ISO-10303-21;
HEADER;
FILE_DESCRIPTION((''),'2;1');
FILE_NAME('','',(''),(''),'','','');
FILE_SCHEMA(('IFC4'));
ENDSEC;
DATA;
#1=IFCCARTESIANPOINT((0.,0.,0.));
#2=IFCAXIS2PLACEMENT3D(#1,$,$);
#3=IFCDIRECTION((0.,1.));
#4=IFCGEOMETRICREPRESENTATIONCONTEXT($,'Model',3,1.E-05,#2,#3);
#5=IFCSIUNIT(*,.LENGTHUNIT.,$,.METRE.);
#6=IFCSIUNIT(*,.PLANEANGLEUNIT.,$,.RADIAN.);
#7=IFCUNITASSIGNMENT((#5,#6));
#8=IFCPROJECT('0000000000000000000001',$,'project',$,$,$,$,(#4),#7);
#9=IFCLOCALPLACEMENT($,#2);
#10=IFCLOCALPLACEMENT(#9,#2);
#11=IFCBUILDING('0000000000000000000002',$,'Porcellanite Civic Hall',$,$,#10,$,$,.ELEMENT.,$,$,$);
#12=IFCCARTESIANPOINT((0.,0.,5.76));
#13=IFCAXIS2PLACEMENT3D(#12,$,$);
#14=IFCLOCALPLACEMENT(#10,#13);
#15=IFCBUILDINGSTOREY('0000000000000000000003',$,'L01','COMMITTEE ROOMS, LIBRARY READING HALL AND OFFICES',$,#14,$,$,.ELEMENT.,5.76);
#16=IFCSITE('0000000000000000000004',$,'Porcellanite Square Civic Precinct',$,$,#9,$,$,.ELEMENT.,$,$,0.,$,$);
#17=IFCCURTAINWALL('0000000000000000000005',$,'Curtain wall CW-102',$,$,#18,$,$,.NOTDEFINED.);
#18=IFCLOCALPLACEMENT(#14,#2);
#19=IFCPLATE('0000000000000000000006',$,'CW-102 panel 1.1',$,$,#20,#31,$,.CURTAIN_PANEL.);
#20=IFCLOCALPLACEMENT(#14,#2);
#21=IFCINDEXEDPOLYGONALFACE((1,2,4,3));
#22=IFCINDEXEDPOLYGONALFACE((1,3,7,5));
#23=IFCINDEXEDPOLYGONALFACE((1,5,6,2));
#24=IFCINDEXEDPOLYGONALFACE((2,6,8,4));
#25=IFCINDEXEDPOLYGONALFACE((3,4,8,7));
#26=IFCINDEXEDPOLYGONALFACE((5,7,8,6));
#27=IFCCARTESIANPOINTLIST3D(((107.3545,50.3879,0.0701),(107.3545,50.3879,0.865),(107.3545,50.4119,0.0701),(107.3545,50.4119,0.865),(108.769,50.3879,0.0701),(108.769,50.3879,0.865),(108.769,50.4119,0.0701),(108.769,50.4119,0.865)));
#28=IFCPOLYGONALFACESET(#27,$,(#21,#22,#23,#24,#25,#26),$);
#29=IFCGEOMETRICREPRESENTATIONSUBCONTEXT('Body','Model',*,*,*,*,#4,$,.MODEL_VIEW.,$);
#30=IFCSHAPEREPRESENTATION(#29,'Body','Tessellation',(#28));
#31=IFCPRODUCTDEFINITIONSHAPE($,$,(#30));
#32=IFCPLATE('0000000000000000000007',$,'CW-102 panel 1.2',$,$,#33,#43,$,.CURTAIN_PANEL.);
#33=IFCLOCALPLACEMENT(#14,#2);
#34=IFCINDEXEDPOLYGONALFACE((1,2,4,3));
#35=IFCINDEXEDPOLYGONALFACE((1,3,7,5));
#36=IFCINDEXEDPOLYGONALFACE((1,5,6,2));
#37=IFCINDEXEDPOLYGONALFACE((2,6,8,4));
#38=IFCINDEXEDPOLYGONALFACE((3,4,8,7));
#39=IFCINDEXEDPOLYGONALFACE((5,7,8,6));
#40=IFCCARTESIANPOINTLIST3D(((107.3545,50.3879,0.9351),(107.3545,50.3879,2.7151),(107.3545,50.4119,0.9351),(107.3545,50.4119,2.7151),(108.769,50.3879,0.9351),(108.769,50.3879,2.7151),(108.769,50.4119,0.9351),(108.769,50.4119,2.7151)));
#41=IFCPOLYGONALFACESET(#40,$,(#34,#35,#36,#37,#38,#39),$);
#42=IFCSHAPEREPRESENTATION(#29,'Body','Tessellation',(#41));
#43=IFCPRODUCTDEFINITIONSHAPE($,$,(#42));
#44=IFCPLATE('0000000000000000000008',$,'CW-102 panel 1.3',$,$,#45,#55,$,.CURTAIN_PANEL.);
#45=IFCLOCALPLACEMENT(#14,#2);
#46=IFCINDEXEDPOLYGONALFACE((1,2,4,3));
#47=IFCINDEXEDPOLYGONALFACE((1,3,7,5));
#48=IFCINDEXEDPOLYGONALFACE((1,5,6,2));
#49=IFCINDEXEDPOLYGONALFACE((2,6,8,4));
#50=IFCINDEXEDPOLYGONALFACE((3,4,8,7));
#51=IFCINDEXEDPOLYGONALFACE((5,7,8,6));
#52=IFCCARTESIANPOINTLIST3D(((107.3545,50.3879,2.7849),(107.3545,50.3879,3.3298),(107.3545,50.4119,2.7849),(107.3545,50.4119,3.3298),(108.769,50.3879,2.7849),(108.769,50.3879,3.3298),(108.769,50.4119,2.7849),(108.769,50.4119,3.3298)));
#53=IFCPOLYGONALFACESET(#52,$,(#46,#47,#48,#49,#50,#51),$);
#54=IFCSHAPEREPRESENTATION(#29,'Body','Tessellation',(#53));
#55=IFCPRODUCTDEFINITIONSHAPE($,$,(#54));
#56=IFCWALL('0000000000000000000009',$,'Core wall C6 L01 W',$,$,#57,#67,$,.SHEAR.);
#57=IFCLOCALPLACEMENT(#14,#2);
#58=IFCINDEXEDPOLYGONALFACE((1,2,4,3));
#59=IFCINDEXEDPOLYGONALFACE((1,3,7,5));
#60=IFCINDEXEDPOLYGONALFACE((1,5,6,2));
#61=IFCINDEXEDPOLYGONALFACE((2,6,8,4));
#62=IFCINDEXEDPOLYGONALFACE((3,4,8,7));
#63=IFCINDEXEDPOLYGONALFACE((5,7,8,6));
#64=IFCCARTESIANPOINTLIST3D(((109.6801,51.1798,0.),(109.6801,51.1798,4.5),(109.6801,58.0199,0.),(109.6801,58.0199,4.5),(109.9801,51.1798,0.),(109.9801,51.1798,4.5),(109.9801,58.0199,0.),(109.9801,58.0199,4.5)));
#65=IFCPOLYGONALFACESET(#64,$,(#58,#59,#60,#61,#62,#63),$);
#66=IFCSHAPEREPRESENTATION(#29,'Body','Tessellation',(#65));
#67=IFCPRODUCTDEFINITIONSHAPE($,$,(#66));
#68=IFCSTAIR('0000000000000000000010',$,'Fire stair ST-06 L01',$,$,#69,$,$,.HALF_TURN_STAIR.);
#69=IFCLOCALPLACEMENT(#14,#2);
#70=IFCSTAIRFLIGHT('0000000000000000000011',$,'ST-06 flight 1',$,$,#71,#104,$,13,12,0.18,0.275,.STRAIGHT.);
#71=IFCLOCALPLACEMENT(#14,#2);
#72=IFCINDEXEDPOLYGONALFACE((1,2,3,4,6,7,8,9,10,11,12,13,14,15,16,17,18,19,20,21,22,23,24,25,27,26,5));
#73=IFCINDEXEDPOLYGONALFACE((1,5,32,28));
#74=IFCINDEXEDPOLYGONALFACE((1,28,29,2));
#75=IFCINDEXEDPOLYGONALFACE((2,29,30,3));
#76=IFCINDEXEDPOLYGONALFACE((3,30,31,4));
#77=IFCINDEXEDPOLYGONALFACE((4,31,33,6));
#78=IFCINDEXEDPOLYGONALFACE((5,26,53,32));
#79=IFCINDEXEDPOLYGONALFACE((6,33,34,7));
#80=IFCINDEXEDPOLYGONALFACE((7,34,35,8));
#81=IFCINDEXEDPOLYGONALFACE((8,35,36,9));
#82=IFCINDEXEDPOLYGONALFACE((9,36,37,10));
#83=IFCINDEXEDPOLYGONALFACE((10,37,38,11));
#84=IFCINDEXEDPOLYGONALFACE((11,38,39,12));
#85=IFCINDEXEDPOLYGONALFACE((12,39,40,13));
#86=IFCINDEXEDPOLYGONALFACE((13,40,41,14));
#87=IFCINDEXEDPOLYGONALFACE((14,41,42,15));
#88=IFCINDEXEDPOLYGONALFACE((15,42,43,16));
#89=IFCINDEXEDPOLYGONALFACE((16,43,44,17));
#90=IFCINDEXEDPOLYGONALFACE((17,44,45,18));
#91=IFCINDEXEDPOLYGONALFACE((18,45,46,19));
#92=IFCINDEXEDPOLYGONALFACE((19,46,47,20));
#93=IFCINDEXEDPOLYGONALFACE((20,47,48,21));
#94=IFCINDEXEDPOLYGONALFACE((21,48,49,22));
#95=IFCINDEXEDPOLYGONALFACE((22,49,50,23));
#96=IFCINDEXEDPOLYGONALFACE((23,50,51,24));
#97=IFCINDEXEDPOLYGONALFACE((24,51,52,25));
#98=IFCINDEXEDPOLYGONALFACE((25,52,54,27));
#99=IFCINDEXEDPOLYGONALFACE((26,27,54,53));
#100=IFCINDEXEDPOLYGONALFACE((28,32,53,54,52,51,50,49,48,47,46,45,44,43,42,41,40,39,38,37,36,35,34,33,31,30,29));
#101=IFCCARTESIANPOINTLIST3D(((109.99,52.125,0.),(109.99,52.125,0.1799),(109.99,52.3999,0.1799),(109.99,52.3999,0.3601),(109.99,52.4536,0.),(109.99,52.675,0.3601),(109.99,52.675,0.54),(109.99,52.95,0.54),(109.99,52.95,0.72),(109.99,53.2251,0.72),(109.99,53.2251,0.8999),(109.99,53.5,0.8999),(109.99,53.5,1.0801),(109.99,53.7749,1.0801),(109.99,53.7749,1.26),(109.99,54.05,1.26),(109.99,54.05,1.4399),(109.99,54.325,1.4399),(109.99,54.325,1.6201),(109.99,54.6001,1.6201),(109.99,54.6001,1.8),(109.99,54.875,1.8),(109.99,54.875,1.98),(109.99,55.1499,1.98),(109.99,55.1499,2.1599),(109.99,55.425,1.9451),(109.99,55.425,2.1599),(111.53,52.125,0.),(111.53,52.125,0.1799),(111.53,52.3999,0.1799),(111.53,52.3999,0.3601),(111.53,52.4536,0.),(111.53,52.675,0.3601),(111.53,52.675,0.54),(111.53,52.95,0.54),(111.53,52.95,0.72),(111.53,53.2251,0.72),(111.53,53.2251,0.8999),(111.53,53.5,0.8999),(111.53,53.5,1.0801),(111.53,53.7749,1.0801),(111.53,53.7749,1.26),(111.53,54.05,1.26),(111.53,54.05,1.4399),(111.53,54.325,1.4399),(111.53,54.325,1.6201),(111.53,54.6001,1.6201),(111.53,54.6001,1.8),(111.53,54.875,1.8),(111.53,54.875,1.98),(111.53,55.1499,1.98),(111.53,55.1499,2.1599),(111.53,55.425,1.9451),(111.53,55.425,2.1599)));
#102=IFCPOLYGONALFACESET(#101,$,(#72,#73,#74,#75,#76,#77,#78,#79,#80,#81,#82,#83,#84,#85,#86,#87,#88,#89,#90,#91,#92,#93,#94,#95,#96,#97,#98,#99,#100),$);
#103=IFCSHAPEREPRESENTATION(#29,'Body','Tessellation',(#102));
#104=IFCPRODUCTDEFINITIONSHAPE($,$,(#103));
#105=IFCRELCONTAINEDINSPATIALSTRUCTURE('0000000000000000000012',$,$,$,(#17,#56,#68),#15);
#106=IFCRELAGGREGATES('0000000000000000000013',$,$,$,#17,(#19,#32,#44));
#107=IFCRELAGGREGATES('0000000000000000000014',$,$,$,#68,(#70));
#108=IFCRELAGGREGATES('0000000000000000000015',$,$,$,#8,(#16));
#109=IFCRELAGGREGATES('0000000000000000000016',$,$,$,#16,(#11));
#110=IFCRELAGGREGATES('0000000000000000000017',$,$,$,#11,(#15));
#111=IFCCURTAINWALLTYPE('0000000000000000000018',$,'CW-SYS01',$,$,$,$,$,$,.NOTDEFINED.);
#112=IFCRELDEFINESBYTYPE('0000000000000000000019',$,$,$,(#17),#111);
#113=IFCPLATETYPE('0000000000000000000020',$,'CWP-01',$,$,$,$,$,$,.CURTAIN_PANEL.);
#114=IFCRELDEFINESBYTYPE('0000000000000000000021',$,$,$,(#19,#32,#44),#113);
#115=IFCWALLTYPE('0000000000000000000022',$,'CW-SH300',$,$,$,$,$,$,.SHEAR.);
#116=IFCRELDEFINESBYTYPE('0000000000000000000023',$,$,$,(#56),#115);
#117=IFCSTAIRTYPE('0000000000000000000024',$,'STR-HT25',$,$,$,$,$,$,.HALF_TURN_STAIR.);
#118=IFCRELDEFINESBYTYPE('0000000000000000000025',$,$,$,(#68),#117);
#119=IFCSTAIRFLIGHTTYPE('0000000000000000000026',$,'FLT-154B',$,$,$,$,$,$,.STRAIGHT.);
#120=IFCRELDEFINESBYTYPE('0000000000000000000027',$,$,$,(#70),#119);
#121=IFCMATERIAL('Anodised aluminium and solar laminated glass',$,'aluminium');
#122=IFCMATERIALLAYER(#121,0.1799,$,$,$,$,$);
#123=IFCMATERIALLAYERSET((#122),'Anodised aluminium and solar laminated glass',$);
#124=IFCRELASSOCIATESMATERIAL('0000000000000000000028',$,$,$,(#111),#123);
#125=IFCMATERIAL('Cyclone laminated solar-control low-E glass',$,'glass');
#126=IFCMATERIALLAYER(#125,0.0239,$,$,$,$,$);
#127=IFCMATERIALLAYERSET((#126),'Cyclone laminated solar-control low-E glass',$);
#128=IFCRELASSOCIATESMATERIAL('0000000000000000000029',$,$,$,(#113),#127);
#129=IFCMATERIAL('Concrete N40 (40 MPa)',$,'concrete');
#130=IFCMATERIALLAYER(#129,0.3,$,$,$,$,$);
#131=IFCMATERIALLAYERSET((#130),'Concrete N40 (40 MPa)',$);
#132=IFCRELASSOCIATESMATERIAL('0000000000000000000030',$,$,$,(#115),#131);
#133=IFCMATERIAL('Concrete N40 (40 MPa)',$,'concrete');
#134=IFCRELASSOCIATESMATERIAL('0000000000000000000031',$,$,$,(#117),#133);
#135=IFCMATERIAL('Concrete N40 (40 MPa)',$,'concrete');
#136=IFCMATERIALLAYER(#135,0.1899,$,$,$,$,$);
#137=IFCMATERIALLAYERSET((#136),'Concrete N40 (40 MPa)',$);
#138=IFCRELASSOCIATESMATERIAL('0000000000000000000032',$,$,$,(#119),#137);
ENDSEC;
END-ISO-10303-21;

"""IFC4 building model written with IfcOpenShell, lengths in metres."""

from ifc_helpers import new_model, si_unit, direction, frame, frame_2d, origin, origin_2d, place, context, subcontext, project, spatial, polyline, rectangle, outline, extrude, material, layer, layer_set, type_object, element, aggregate, save


model = new_model("IFC4")

# Units and contexts
model_context = context("Model", 3, precision=1e-05, world=origin(), true_north=direction((0.0, 1.0)))
body_context = subcontext(model_context, "Body", "Model", "MODEL_VIEW")
ifc_project = project(units=[si_unit("LENGTHUNIT", "METRE"), si_unit("PLANEANGLEUNIT", "RADIAN")], contexts=[model_context])

# Site, building, storey
site_placement = place(None, origin())
site = spatial("IfcSite", under=ifc_project, at=site_placement, Name="Porcellanite Square Civic Precinct", CompositionType="ELEMENT", RefElevation=0.0)
building_placement = place(site_placement, origin())
building = spatial("IfcBuilding", under=site, at=building_placement, Name="Porcellanite Civic Hall", CompositionType="ELEMENT")
storey_placement = place(building_placement, frame((0.0, 0.0, 5.76)))
storey = spatial("IfcBuildingStorey", under=building, at=storey_placement, Name="L01", Description="COMMITTEE ROOMS, LIBRARY READING HALL AND OFFICES", CompositionType="ELEMENT", Elevation=5.76)

# Curtain wall
ifc_material_1 = material(Name="Anodised aluminium and solar laminated glass", Category="aluminium")
ifc_layer_1 = layer(ifc_material_1, 0.1799)
ifc_layer_set_1 = layer_set([ifc_layer_1], Name="Anodised aluminium and solar laminated glass")
curtain_wall_type = type_object("IfcCurtainWallType", Name="CW-SYS01", PredefinedType="NOTDEFINED", material=ifc_layer_set_1)
curtain_wall_1_placement = place(storey_placement, origin())
curtain_wall_1 = element("IfcCurtainWall", 1, at=curtain_wall_1_placement, inside=storey, type_object=curtain_wall_type, Name="Curtain wall CW-102", PredefinedType="NOTDEFINED")

# Plates
ifc_material_2 = material(Name="Cyclone laminated solar-control low-E glass", Category="glass")
ifc_layer_2 = layer(ifc_material_2, 0.0239)
ifc_layer_set_2 = layer_set([ifc_layer_2], Name="Cyclone laminated solar-control low-E glass")
plate_type = type_object("IfcPlateType", Name="CWP-01", PredefinedType="CURTAIN_PANEL", material=ifc_layer_set_2)
plate_1_placement = place(storey_placement, frame((108.0618, 50.3999, 0.0701), z_axis=(0.0, 0.0, 1.0), x_axis=(-1.0, 0.0, 0.0)))
plate_1 = element("IfcPlate", 2, at=plate_1_placement, type_object=plate_type, Name="CW-102 panel 1.1", PredefinedType="CURTAIN_PANEL", context=body_context, shape_type="SweptSolid", body=[
    extrude(rectangle(XDim=1.4146, YDim=0.0239, at=origin_2d()), origin(), (0.0, 0.0, 1.0), 0.7949),
])
plate_2_placement = place(storey_placement, frame((108.0618, 50.3999, 0.9351), z_axis=(0.0, 0.0, 1.0), x_axis=(-1.0, 0.0, 0.0)))
plate_2 = element("IfcPlate", 3, at=plate_2_placement, type_object=plate_type, Name="CW-102 panel 1.2", PredefinedType="CURTAIN_PANEL", context=body_context, shape_type="SweptSolid", body=[
    extrude(rectangle(XDim=1.4146, YDim=0.0239, at=origin_2d()), origin(), (0.0, 0.0, 1.0), 1.78),
])
plate_3_placement = place(storey_placement, frame((108.0618, 50.3999, 2.7849), z_axis=(0.0, 0.0, 1.0), x_axis=(-1.0, 0.0, 0.0)))
plate_3 = element("IfcPlate", 4, at=plate_3_placement, type_object=plate_type, Name="CW-102 panel 1.3", PredefinedType="CURTAIN_PANEL", context=body_context, shape_type="SweptSolid", body=[
    extrude(rectangle(XDim=1.4146, YDim=0.0239, at=origin_2d()), origin(), (0.0, 0.0, 1.0), 0.5449),
])
aggregate(curtain_wall_1, [plate_1, plate_2, plate_3])

# Wall
ifc_material_3 = material(Name="Concrete N40 (40 MPa)", Category="concrete")
ifc_layer_3 = layer(ifc_material_3, 0.3)
ifc_layer_set_3 = layer_set([ifc_layer_3], Name="Concrete N40 (40 MPa)")
wall_type = type_object("IfcWallType", Name="CW-SH300", PredefinedType="SHEAR", material=ifc_layer_set_3)
wall_placement = place(storey_placement, frame((109.8301, 51.1799, 0.0), z_axis=(0.0, 0.0, 1.0), x_axis=(0.0, 1.0, 0.0)))
element("IfcWall", 5, at=wall_placement, inside=storey, type_object=wall_type, Name="Core wall C6 L01 W", PredefinedType="SHEAR", context=body_context, shape_type="SweptSolid", body=[
    extrude(rectangle(XDim=6.8401, YDim=0.3, at=frame_2d((3.4199, 0.0))), origin(), (0.0, 0.0, 1.0), 4.5),
])

# Stair, stair flight
ifc_material_4 = material(Name="Concrete N40 (40 MPa)", Category="concrete")
stair_type = type_object("IfcStairType", Name="STR-HT25", PredefinedType="HALF_TURN_STAIR", material=ifc_material_4)
stair_placement = place(storey_placement, origin())
stair = element("IfcStair", 6, at=stair_placement, inside=storey, type_object=stair_type, Name="Fire stair ST-06 L01", PredefinedType="HALF_TURN_STAIR")
ifc_material_5 = material(Name="Concrete N40 (40 MPa)", Category="concrete")
ifc_layer_4 = layer(ifc_material_5, 0.1899)
ifc_layer_set_4 = layer_set([ifc_layer_4], Name="Concrete N40 (40 MPa)")
stair_flight_type = type_object("IfcStairFlightType", Name="FLT-154B", PredefinedType="STRAIGHT", material=ifc_layer_set_4)
stair_flight_placement = place(storey_placement, frame((110.76, 52.125, 0.0), z_axis=(0.0, 0.0, 1.0), x_axis=(0.0, 1.0, 0.0)))
stair_flight = element("IfcStairFlight", 7, at=stair_flight_placement, type_object=stair_flight_type, Name="ST-06 flight 1", NumberOfRisers=13, NumberOfTreads=12, PredefinedType="STRAIGHT", RiserHeight=0.18, TreadLength=0.275, context=body_context, shape_type="SweptSolid", body=[
    extrude(outline(polyline([(0.0, 0.0), (0.0, 0.1799), (0.2749, 0.1799), (0.2749, 0.3601), (0.55, 0.3601), (0.55, 0.54), (0.825, 0.54), (0.825, 0.72), (1.1001, 0.72), (1.1001, 0.8999), (1.375, 0.8999), (1.375, 1.0801), (1.6499, 1.0801), (1.6499, 1.26), (1.925, 1.26), (1.925, 1.4399), (2.2, 1.4399), (2.2, 1.6201), (2.4751, 1.6201), (2.4751, 1.8), (2.75, 1.8), (2.75, 1.98), (3.0249, 1.98), (3.0249, 2.1599), (3.3, 2.1599), (3.3, 2.3401), (3.3, 1.9451), (0.3286, 0.0), (0.0, 0.0)])), frame((0.0, 0.77, 0.0), z_axis=(0.0, -1.0, 0.0), x_axis=(1.0, 0.0, 0.0)), (0.0, 0.0, 1.0), 1.54),
])
aggregate(stair, [stair_flight])

save(model, "model.ifc")
